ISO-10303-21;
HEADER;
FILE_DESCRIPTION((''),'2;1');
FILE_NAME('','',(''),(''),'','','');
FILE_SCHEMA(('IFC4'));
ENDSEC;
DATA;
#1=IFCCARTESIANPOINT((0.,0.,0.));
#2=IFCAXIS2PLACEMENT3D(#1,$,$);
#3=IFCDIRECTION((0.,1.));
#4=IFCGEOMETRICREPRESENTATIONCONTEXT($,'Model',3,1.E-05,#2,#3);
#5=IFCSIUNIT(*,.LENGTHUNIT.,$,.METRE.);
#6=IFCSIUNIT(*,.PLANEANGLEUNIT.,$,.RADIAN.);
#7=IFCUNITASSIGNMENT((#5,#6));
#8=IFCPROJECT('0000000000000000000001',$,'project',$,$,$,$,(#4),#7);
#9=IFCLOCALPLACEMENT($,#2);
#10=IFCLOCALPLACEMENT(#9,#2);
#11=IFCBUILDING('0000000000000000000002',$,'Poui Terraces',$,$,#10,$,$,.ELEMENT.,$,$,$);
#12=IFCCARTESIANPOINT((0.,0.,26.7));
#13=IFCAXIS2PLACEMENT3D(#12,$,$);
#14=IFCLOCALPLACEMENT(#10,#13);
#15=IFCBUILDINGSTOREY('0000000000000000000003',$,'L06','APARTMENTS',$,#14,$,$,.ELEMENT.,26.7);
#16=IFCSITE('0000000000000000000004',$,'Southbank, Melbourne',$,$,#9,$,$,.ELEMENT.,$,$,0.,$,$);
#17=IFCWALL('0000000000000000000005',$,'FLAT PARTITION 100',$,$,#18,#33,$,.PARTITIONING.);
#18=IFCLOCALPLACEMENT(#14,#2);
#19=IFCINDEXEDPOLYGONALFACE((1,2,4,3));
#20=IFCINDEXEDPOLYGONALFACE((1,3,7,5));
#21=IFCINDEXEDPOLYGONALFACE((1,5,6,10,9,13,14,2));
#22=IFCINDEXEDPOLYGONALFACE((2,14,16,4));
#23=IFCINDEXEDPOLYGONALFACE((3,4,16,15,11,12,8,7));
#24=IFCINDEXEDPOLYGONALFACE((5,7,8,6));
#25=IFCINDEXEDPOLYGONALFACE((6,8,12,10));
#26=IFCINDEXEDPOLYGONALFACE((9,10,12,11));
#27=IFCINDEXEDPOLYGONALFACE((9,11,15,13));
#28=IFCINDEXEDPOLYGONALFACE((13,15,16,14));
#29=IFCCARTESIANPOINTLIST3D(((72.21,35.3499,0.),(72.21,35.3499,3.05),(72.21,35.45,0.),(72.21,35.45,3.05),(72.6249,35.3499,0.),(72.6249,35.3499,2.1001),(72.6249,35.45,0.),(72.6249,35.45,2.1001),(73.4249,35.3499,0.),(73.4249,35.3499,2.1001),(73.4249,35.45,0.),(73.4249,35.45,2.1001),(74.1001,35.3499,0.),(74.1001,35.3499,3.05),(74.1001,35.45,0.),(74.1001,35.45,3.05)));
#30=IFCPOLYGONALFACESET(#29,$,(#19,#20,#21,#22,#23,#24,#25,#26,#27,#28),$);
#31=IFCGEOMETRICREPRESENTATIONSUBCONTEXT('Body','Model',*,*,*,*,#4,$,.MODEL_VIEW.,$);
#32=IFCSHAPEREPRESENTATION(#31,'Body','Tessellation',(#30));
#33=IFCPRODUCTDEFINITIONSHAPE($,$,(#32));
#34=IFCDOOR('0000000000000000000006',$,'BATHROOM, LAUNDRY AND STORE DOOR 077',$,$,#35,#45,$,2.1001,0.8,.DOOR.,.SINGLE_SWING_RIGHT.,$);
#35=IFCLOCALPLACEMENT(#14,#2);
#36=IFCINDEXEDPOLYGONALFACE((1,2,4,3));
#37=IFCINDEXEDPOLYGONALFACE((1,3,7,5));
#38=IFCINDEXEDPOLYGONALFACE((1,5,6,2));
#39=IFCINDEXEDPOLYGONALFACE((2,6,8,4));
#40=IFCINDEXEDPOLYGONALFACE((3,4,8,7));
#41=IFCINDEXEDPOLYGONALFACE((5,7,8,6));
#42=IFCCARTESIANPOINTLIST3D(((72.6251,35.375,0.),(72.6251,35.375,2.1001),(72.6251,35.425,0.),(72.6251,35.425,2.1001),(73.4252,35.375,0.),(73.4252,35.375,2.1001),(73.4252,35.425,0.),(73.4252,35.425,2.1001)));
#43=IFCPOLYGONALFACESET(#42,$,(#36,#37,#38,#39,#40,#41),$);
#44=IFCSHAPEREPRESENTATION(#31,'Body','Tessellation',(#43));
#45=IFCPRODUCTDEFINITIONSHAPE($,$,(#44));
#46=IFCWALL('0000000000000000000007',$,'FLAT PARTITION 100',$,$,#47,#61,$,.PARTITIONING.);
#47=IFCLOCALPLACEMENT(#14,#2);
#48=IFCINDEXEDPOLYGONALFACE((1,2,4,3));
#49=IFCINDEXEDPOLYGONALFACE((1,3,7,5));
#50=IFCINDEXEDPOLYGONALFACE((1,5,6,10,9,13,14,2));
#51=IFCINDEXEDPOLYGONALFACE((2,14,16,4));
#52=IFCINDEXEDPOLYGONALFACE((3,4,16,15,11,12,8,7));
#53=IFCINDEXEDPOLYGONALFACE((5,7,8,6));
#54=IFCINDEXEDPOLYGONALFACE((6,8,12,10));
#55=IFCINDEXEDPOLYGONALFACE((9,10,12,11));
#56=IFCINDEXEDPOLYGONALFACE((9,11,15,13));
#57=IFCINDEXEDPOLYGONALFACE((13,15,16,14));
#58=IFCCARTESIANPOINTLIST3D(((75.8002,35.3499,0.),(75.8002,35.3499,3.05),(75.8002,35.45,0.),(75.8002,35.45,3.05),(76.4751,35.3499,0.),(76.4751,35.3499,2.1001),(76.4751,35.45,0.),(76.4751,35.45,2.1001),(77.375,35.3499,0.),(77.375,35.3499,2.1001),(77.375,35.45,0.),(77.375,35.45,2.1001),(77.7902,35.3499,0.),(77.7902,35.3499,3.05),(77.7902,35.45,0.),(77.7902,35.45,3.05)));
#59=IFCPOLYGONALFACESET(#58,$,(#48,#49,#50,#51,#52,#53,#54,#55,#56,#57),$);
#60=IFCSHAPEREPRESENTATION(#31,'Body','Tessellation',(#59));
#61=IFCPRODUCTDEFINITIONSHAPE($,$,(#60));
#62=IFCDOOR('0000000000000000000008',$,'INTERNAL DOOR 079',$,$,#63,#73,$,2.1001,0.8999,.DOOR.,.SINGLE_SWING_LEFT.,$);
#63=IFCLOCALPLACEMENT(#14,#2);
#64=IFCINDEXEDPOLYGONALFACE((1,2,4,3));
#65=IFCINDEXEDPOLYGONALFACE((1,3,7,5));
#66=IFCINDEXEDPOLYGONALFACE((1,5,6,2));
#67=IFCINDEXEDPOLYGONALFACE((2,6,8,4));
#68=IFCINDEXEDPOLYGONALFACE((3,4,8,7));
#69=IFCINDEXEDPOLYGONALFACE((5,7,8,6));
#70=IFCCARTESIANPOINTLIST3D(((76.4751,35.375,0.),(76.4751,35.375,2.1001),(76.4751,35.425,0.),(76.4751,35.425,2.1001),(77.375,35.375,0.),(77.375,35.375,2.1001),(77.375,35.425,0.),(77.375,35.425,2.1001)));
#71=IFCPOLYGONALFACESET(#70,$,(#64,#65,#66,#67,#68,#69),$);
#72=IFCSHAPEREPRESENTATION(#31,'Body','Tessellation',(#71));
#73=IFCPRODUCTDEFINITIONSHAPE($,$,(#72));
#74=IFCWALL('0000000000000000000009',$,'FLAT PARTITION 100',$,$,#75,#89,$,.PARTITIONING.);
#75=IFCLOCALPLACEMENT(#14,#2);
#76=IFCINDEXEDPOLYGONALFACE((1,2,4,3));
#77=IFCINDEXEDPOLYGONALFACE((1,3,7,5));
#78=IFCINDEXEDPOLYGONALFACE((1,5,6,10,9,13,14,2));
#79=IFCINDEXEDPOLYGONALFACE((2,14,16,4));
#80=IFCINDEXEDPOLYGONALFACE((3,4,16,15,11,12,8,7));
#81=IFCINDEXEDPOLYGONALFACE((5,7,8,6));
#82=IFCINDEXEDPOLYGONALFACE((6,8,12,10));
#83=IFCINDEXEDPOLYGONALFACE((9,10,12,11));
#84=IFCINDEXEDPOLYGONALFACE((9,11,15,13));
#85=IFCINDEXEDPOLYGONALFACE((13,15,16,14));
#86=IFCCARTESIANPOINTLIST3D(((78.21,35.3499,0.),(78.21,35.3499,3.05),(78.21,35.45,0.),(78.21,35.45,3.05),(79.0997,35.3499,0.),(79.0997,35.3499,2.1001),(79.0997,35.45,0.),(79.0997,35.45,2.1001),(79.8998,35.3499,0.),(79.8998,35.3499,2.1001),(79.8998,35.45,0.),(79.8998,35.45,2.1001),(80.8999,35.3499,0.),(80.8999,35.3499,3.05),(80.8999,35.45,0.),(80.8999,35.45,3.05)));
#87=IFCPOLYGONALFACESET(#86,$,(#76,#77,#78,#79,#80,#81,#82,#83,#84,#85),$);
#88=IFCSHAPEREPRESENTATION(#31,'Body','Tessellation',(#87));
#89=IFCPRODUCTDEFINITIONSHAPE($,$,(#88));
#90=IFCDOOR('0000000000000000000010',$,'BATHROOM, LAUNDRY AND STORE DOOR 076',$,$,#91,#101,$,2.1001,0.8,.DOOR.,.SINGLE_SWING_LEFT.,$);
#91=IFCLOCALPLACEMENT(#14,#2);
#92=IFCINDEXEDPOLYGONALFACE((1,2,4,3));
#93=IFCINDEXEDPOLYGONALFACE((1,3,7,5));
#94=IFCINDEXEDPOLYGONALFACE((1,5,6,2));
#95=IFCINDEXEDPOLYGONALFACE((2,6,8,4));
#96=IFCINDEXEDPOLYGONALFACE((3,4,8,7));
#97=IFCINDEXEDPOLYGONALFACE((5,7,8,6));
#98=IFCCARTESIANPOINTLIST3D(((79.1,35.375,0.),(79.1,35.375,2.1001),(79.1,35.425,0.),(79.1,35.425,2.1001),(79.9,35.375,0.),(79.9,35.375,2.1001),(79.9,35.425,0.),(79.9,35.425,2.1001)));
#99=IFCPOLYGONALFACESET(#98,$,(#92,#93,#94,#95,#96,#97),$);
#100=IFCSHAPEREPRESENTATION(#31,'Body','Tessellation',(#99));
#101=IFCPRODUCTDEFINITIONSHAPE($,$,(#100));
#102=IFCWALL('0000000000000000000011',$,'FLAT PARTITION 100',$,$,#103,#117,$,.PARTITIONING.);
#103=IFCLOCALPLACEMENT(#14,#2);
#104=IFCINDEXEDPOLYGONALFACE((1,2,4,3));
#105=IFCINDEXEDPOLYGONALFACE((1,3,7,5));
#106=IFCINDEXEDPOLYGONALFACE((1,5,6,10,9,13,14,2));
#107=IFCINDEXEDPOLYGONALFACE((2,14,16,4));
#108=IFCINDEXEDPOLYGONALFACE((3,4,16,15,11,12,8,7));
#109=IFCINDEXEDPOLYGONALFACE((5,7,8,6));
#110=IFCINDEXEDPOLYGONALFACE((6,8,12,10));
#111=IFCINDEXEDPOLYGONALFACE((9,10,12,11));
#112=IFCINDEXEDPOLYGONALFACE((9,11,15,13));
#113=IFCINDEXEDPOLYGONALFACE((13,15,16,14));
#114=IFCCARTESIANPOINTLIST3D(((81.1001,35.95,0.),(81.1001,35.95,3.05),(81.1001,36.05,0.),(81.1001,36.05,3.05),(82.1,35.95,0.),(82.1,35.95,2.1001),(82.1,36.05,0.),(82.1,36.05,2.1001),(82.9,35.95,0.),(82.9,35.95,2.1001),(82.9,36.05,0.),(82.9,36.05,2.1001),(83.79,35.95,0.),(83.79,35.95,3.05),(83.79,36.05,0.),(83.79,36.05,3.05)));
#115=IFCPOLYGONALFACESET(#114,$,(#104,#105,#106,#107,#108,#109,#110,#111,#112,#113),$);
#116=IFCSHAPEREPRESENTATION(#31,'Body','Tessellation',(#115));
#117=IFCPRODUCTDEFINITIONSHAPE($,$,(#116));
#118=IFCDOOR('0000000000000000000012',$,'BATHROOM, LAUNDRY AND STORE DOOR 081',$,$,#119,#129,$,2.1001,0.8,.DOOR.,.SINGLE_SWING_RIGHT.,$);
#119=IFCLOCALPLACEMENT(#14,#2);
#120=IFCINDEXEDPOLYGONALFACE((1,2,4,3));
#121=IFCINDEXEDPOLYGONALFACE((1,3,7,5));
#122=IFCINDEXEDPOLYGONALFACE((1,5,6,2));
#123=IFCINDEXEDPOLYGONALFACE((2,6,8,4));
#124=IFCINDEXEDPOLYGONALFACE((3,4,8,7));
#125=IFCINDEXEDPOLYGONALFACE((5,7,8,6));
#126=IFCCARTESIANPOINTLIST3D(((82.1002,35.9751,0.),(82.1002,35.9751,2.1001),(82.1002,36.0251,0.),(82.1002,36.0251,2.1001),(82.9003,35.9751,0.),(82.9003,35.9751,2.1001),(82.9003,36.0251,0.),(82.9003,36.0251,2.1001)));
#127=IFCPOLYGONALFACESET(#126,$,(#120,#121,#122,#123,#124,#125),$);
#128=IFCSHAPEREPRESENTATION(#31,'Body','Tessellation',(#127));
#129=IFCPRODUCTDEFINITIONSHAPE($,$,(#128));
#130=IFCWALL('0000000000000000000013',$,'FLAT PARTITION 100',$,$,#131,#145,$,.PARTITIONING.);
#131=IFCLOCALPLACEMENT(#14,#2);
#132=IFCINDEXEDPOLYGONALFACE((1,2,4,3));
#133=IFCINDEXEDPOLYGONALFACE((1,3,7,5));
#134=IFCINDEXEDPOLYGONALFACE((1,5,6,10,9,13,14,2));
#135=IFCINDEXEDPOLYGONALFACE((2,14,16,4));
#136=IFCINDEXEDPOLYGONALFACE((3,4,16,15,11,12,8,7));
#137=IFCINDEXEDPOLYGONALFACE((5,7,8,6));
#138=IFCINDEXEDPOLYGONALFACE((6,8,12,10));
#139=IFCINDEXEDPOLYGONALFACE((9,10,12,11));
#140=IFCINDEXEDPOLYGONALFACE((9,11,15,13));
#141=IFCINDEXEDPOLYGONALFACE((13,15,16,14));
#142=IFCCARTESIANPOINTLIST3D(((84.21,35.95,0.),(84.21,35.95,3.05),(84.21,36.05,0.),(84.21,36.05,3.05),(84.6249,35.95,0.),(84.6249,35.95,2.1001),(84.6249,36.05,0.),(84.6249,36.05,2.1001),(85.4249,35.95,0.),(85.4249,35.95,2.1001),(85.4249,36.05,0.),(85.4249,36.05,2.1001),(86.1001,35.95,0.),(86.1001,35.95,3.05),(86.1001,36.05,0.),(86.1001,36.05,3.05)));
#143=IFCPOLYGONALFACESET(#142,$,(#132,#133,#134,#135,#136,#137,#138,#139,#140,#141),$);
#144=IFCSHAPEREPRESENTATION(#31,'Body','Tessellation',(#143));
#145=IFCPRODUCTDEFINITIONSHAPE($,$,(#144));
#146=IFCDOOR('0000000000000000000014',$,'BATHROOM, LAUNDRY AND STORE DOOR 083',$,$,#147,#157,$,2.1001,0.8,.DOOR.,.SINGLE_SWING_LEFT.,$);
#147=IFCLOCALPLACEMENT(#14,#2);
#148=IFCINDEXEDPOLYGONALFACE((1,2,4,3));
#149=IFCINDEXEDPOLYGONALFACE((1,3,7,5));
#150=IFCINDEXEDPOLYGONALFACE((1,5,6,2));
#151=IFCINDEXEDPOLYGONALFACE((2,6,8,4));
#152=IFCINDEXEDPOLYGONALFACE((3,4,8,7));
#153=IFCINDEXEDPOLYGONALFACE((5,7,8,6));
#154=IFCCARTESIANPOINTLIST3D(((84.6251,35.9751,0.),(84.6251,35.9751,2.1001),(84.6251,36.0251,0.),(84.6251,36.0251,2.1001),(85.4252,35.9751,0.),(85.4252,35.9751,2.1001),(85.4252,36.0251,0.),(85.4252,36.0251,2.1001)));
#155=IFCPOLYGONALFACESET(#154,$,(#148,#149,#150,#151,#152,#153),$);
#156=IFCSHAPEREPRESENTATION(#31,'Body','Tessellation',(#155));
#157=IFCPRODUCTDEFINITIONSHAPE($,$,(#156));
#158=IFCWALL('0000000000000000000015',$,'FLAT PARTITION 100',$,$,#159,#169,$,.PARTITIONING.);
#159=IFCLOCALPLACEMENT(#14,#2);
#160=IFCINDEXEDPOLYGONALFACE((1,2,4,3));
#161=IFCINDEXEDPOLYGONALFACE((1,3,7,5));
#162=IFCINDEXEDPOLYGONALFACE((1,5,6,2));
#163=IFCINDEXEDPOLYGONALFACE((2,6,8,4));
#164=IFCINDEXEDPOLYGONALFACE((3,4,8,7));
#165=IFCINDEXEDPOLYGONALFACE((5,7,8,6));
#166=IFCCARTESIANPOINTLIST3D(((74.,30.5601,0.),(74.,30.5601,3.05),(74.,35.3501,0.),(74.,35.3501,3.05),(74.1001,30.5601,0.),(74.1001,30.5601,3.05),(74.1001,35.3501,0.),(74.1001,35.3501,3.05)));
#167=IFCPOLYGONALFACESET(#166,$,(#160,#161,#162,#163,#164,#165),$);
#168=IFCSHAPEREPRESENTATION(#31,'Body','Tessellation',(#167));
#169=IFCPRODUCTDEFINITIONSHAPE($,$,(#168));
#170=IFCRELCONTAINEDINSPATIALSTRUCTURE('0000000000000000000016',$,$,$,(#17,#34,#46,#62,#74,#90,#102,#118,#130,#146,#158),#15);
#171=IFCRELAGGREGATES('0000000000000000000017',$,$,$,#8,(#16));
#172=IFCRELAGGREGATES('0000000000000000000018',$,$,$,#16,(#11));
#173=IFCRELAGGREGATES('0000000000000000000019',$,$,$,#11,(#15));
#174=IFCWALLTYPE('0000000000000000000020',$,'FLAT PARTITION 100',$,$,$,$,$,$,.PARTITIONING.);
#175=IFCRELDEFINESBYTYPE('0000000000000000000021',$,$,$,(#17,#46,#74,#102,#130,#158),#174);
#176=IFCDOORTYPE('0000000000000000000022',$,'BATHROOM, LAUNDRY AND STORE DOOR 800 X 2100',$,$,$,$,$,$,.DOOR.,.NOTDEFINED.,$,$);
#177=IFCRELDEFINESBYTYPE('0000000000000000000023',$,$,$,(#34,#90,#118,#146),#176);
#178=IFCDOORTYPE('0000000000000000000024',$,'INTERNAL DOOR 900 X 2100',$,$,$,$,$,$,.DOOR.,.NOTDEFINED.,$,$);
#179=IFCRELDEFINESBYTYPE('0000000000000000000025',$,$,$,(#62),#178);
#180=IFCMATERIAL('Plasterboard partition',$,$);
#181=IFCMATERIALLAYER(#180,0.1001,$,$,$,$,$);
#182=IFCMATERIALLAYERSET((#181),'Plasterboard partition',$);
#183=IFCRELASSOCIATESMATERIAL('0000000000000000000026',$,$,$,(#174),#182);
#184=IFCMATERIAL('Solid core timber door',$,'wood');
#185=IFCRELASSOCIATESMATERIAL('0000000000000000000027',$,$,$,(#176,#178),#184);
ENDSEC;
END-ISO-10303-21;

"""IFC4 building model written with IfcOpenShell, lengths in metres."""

from ifc_helpers import new_model, si_unit, direction, frame, frame_2d, origin, place, context, subcontext, project, spatial, rectangle, extrude, material, layer, layer_set, type_object, element, fill, save


model = new_model("IFC4")

# Units and contexts
model_context = context("Model", 3, precision=1e-05, world=origin(), true_north=direction((0.0, 1.0)))
body_context = subcontext(model_context, "Body", "Model", "MODEL_VIEW")
ifc_project = project(units=[si_unit("LENGTHUNIT", "METRE"), si_unit("PLANEANGLEUNIT", "RADIAN")], contexts=[model_context])

# Site, building, storey
site_placement = place(None, origin())
site = spatial("IfcSite", under=ifc_project, at=site_placement, Name="Southbank, Melbourne", CompositionType="ELEMENT", RefElevation=0.0)
building_placement = place(site_placement, origin())
building = spatial("IfcBuilding", under=site, at=building_placement, Name="Poui Terraces", CompositionType="ELEMENT")
storey_placement = place(building_placement, frame((0.0, 0.0, 26.7)))
storey = spatial("IfcBuildingStorey", under=building, at=storey_placement, Name="L06", Description="APARTMENTS", CompositionType="ELEMENT", Elevation=26.7)

# Walls, openings, doors
ifc_material_1 = material(Name="Plasterboard partition")
ifc_layer_1 = layer(ifc_material_1, 0.1001)
ifc_layer_set_1 = layer_set([ifc_layer_1], Name="Plasterboard partition")
wall_type_1 = type_object("IfcWallType", Name="FLAT PARTITION 100", PredefinedType="PARTITIONING", material=ifc_layer_set_1)
wall_1_placement = place(storey_placement, frame((72.21, 35.3999, 0.0), z_axis=(0.0, 0.0, 1.0), x_axis=(1.0, 0.0, 0.0)))
wall_1 = element("IfcWall", 1, at=wall_1_placement, inside=storey, type_object=wall_type_1, Name="FLAT PARTITION 100", PredefinedType="PARTITIONING", context=body_context, shape_type="SweptSolid", body=[
    extrude(rectangle(XDim=1.8901, YDim=0.1001, at=frame_2d((0.9451, 0.0))), origin(), (0.0, 0.0, 1.0), 3.05),
])
opening_1_placement = place(wall_1_placement, frame((0.415, 0.0, 0.0)))
opening_1 = element("IfcOpeningElement", 2, at=opening_1_placement, cuts=wall_1, PredefinedType="OPENING", context=body_context, shape_type="SweptSolid", body=[
    extrude(rectangle(XDim=0.8, YDim=2.1001, at=frame_2d((0.3999, 1.05))), frame((0.0, 0.0601, 0.0), z_axis=(0.0, -1.0, 0.0), x_axis=(1.0, 0.0, 0.0)), (0.0, 0.0, 1.0), 0.1201),
])
ifc_material_2 = material(Name="Solid core timber door", Category="wood")
door_type_1 = type_object("IfcDoorType", Name="BATHROOM, LAUNDRY AND STORE DOOR 800 X 2100", OperationType="NOTDEFINED", PredefinedType="DOOR", material=ifc_material_2)
door_1_placement = place(opening_1_placement, frame((0.8, 0.0, 0.0), z_axis=(0.0, 0.0, 1.0), x_axis=(-1.0, 0.0, 0.0)))
door_1 = element("IfcDoor", 3, at=door_1_placement, inside=storey, type_object=door_type_1, Name="BATHROOM, LAUNDRY AND STORE DOOR 077", OperationType="SINGLE_SWING_RIGHT", OverallHeight=2.1001, OverallWidth=0.8, PredefinedType="DOOR", context=body_context, shape_type="SweptSolid", body=[
    extrude(rectangle(XDim=0.8, YDim=2.1001, at=frame_2d((0.3999, 1.05))), frame((0.0, 0.0249, 0.0), z_axis=(0.0, -1.0, 0.0), x_axis=(1.0, 0.0, 0.0)), (0.0, 0.0, 1.0), 0.05),
])
fill(opening_1, door_1)
wall_2_placement = place(storey_placement, frame((75.8, 35.3999, 0.0), z_axis=(0.0, 0.0, 1.0), x_axis=(1.0, 0.0, 0.0)))
wall_2 = element("IfcWall", 4, at=wall_2_placement, inside=storey, type_object=wall_type_1, Name="FLAT PARTITION 100", PredefinedType="PARTITIONING", context=body_context, shape_type="SweptSolid", body=[
    extrude(rectangle(XDim=1.99, YDim=0.1001, at=frame_2d((0.9951, 0.0))), origin(), (0.0, 0.0, 1.0), 3.05),
])
opening_2_placement = place(wall_2_placement, frame((0.675, 0.0, 0.0)))
opening_2 = element("IfcOpeningElement", 5, at=opening_2_placement, cuts=wall_2, PredefinedType="OPENING", context=body_context, shape_type="SweptSolid", body=[
    extrude(rectangle(XDim=0.8999, YDim=2.1001, at=frame_2d((0.45, 1.05))), frame((0.0, 0.0601, 0.0), z_axis=(0.0, -1.0, 0.0), x_axis=(1.0, 0.0, 0.0)), (0.0, 0.0, 1.0), 0.1201),
])
door_type_2 = type_object("IfcDoorType", Name="INTERNAL DOOR 900 X 2100", OperationType="NOTDEFINED", PredefinedType="DOOR", material=ifc_material_2)
door_2_placement = place(opening_2_placement, frame((0.8999, 0.0, 0.0), z_axis=(0.0, 0.0, 1.0), x_axis=(-1.0, 0.0, 0.0)))
door_2 = element("IfcDoor", 6, at=door_2_placement, inside=storey, type_object=door_type_2, Name="INTERNAL DOOR 079", OperationType="SINGLE_SWING_LEFT", OverallHeight=2.1001, OverallWidth=0.8999, PredefinedType="DOOR", context=body_context, shape_type="SweptSolid", body=[
    extrude(rectangle(XDim=0.8999, YDim=2.1001, at=frame_2d((0.45, 1.05))), frame((0.0, 0.0249, 0.0), z_axis=(0.0, -1.0, 0.0), x_axis=(1.0, 0.0, 0.0)), (0.0, 0.0, 1.0), 0.05),
])
fill(opening_2, door_2)
wall_3_placement = place(storey_placement, frame((78.21, 35.3999, 0.0), z_axis=(0.0, 0.0, 1.0), x_axis=(1.0, 0.0, 0.0)))
wall_3 = element("IfcWall", 7, at=wall_3_placement, inside=storey, type_object=wall_type_1, Name="FLAT PARTITION 100", PredefinedType="PARTITIONING", context=body_context, shape_type="SweptSolid", body=[
    extrude(rectangle(XDim=2.6899, YDim=0.1001, at=frame_2d((1.345, 0.0))), origin(), (0.0, 0.0, 1.0), 3.05),
])
opening_3_placement = place(wall_3_placement, frame((0.8899, 0.0, 0.0)))
opening_3 = element("IfcOpeningElement", 8, at=opening_3_placement, cuts=wall_3, PredefinedType="OPENING", context=body_context, shape_type="SweptSolid", body=[
    extrude(rectangle(XDim=0.8, YDim=2.1001, at=frame_2d((0.3999, 1.05))), frame((0.0, 0.0601, 0.0), z_axis=(0.0, -1.0, 0.0), x_axis=(1.0, 0.0, 0.0)), (0.0, 0.0, 1.0), 0.1201),
])
door_3_placement = place(opening_3_placement, frame((0.8, 0.0, 0.0), z_axis=(0.0, 0.0, 1.0), x_axis=(-1.0, 0.0, 0.0)))
door_3 = element("IfcDoor", 9, at=door_3_placement, inside=storey, type_object=door_type_1, Name="BATHROOM, LAUNDRY AND STORE DOOR 076", OperationType="SINGLE_SWING_LEFT", OverallHeight=2.1001, OverallWidth=0.8, PredefinedType="DOOR", context=body_context, shape_type="SweptSolid", body=[
    extrude(rectangle(XDim=0.8, YDim=2.1001, at=frame_2d((0.3999, 1.05))), frame((0.0, 0.0249, 0.0), z_axis=(0.0, -1.0, 0.0), x_axis=(1.0, 0.0, 0.0)), (0.0, 0.0, 1.0), 0.05),
])
fill(opening_3, door_3)
wall_4_placement = place(storey_placement, frame((81.1001, 36.0, 0.0), z_axis=(0.0, 0.0, 1.0), x_axis=(1.0, 0.0, 0.0)))
wall_4 = element("IfcWall", 10, at=wall_4_placement, inside=storey, type_object=wall_type_1, Name="FLAT PARTITION 100", PredefinedType="PARTITIONING", context=body_context, shape_type="SweptSolid", body=[
    extrude(rectangle(XDim=2.6899, YDim=0.1001, at=frame_2d((1.345, 0.0))), origin(), (0.0, 0.0, 1.0), 3.05),
])
opening_4_placement = place(wall_4_placement, frame((1.0, 0.0, 0.0)))
opening_4 = element("IfcOpeningElement", 11, at=opening_4_placement, cuts=wall_4, PredefinedType="OPENING", context=body_context, shape_type="SweptSolid", body=[
    extrude(rectangle(XDim=0.8, YDim=2.1001, at=frame_2d((0.3999, 1.05))), frame((0.0, 0.0601, 0.0), z_axis=(0.0, -1.0, 0.0), x_axis=(1.0, 0.0, 0.0)), (0.0, 0.0, 1.0), 0.1201),
])
door_4_placement = place(opening_4_placement, frame((0.8, 0.0, 0.0), z_axis=(0.0, 0.0, 1.0), x_axis=(-1.0, 0.0, 0.0)))
door_4 = element("IfcDoor", 12, at=door_4_placement, inside=storey, type_object=door_type_1, Name="BATHROOM, LAUNDRY AND STORE DOOR 081", OperationType="SINGLE_SWING_RIGHT", OverallHeight=2.1001, OverallWidth=0.8, PredefinedType="DOOR", context=body_context, shape_type="SweptSolid", body=[
    extrude(rectangle(XDim=0.8, YDim=2.1001, at=frame_2d((0.3999, 1.05))), frame((0.0, 0.0249, 0.0), z_axis=(0.0, -1.0, 0.0), x_axis=(1.0, 0.0, 0.0)), (0.0, 0.0, 1.0), 0.05),
])
fill(opening_4, door_4)
wall_5_placement = place(storey_placement, frame((84.21, 36.0, 0.0), z_axis=(0.0, 0.0, 1.0), x_axis=(1.0, 0.0, 0.0)))
wall_5 = element("IfcWall", 13, at=wall_5_placement, inside=storey, type_object=wall_type_1, Name="FLAT PARTITION 100", PredefinedType="PARTITIONING", context=body_context, shape_type="SweptSolid", body=[
    extrude(rectangle(XDim=1.8901, YDim=0.1001, at=frame_2d((0.9451, 0.0))), origin(), (0.0, 0.0, 1.0), 3.05),
])
opening_5_placement = place(wall_5_placement, frame((0.415, 0.0, 0.0)))
opening_5 = element("IfcOpeningElement", 14, at=opening_5_placement, cuts=wall_5, PredefinedType="OPENING", context=body_context, shape_type="SweptSolid", body=[
    extrude(rectangle(XDim=0.8, YDim=2.1001, at=frame_2d((0.3999, 1.05))), frame((0.0, 0.0601, 0.0), z_axis=(0.0, -1.0, 0.0), x_axis=(1.0, 0.0, 0.0)), (0.0, 0.0, 1.0), 0.1201),
])
door_5_placement = place(opening_5_placement, frame((0.8, 0.0, 0.0), z_axis=(0.0, 0.0, 1.0), x_axis=(-1.0, 0.0, 0.0)))
door_5 = element("IfcDoor", 15, at=door_5_placement, inside=storey, type_object=door_type_1, Name="BATHROOM, LAUNDRY AND STORE DOOR 083", OperationType="SINGLE_SWING_LEFT", OverallHeight=2.1001, OverallWidth=0.8, PredefinedType="DOOR", context=body_context, shape_type="SweptSolid", body=[
    extrude(rectangle(XDim=0.8, YDim=2.1001, at=frame_2d((0.3999, 1.05))), frame((0.0, 0.0249, 0.0), z_axis=(0.0, -1.0, 0.0), x_axis=(1.0, 0.0, 0.0)), (0.0, 0.0, 1.0), 0.05),
])
fill(opening_5, door_5)

# Wall
for number, where, z_axis, x_axis, name in (
    (16, (74.05, 30.5601, 0.0), (0.0, 0.0, 1.0), (0.0, 1.0, 0.0), "FLAT PARTITION 100"),
):
    element("IfcWall", number, at=place(storey_placement, frame(where, z_axis=z_axis, x_axis=x_axis)), inside=storey, type_object=wall_type_1, Name=name, PredefinedType="PARTITIONING", context=body_context, shape_type="SweptSolid", body=[
        extrude(rectangle(XDim=4.79, YDim=0.1001, at=frame_2d((2.395, 0.0))), origin(), (0.0, 0.0, 1.0), 3.05),
    ])

save(model, "model.ifc")
